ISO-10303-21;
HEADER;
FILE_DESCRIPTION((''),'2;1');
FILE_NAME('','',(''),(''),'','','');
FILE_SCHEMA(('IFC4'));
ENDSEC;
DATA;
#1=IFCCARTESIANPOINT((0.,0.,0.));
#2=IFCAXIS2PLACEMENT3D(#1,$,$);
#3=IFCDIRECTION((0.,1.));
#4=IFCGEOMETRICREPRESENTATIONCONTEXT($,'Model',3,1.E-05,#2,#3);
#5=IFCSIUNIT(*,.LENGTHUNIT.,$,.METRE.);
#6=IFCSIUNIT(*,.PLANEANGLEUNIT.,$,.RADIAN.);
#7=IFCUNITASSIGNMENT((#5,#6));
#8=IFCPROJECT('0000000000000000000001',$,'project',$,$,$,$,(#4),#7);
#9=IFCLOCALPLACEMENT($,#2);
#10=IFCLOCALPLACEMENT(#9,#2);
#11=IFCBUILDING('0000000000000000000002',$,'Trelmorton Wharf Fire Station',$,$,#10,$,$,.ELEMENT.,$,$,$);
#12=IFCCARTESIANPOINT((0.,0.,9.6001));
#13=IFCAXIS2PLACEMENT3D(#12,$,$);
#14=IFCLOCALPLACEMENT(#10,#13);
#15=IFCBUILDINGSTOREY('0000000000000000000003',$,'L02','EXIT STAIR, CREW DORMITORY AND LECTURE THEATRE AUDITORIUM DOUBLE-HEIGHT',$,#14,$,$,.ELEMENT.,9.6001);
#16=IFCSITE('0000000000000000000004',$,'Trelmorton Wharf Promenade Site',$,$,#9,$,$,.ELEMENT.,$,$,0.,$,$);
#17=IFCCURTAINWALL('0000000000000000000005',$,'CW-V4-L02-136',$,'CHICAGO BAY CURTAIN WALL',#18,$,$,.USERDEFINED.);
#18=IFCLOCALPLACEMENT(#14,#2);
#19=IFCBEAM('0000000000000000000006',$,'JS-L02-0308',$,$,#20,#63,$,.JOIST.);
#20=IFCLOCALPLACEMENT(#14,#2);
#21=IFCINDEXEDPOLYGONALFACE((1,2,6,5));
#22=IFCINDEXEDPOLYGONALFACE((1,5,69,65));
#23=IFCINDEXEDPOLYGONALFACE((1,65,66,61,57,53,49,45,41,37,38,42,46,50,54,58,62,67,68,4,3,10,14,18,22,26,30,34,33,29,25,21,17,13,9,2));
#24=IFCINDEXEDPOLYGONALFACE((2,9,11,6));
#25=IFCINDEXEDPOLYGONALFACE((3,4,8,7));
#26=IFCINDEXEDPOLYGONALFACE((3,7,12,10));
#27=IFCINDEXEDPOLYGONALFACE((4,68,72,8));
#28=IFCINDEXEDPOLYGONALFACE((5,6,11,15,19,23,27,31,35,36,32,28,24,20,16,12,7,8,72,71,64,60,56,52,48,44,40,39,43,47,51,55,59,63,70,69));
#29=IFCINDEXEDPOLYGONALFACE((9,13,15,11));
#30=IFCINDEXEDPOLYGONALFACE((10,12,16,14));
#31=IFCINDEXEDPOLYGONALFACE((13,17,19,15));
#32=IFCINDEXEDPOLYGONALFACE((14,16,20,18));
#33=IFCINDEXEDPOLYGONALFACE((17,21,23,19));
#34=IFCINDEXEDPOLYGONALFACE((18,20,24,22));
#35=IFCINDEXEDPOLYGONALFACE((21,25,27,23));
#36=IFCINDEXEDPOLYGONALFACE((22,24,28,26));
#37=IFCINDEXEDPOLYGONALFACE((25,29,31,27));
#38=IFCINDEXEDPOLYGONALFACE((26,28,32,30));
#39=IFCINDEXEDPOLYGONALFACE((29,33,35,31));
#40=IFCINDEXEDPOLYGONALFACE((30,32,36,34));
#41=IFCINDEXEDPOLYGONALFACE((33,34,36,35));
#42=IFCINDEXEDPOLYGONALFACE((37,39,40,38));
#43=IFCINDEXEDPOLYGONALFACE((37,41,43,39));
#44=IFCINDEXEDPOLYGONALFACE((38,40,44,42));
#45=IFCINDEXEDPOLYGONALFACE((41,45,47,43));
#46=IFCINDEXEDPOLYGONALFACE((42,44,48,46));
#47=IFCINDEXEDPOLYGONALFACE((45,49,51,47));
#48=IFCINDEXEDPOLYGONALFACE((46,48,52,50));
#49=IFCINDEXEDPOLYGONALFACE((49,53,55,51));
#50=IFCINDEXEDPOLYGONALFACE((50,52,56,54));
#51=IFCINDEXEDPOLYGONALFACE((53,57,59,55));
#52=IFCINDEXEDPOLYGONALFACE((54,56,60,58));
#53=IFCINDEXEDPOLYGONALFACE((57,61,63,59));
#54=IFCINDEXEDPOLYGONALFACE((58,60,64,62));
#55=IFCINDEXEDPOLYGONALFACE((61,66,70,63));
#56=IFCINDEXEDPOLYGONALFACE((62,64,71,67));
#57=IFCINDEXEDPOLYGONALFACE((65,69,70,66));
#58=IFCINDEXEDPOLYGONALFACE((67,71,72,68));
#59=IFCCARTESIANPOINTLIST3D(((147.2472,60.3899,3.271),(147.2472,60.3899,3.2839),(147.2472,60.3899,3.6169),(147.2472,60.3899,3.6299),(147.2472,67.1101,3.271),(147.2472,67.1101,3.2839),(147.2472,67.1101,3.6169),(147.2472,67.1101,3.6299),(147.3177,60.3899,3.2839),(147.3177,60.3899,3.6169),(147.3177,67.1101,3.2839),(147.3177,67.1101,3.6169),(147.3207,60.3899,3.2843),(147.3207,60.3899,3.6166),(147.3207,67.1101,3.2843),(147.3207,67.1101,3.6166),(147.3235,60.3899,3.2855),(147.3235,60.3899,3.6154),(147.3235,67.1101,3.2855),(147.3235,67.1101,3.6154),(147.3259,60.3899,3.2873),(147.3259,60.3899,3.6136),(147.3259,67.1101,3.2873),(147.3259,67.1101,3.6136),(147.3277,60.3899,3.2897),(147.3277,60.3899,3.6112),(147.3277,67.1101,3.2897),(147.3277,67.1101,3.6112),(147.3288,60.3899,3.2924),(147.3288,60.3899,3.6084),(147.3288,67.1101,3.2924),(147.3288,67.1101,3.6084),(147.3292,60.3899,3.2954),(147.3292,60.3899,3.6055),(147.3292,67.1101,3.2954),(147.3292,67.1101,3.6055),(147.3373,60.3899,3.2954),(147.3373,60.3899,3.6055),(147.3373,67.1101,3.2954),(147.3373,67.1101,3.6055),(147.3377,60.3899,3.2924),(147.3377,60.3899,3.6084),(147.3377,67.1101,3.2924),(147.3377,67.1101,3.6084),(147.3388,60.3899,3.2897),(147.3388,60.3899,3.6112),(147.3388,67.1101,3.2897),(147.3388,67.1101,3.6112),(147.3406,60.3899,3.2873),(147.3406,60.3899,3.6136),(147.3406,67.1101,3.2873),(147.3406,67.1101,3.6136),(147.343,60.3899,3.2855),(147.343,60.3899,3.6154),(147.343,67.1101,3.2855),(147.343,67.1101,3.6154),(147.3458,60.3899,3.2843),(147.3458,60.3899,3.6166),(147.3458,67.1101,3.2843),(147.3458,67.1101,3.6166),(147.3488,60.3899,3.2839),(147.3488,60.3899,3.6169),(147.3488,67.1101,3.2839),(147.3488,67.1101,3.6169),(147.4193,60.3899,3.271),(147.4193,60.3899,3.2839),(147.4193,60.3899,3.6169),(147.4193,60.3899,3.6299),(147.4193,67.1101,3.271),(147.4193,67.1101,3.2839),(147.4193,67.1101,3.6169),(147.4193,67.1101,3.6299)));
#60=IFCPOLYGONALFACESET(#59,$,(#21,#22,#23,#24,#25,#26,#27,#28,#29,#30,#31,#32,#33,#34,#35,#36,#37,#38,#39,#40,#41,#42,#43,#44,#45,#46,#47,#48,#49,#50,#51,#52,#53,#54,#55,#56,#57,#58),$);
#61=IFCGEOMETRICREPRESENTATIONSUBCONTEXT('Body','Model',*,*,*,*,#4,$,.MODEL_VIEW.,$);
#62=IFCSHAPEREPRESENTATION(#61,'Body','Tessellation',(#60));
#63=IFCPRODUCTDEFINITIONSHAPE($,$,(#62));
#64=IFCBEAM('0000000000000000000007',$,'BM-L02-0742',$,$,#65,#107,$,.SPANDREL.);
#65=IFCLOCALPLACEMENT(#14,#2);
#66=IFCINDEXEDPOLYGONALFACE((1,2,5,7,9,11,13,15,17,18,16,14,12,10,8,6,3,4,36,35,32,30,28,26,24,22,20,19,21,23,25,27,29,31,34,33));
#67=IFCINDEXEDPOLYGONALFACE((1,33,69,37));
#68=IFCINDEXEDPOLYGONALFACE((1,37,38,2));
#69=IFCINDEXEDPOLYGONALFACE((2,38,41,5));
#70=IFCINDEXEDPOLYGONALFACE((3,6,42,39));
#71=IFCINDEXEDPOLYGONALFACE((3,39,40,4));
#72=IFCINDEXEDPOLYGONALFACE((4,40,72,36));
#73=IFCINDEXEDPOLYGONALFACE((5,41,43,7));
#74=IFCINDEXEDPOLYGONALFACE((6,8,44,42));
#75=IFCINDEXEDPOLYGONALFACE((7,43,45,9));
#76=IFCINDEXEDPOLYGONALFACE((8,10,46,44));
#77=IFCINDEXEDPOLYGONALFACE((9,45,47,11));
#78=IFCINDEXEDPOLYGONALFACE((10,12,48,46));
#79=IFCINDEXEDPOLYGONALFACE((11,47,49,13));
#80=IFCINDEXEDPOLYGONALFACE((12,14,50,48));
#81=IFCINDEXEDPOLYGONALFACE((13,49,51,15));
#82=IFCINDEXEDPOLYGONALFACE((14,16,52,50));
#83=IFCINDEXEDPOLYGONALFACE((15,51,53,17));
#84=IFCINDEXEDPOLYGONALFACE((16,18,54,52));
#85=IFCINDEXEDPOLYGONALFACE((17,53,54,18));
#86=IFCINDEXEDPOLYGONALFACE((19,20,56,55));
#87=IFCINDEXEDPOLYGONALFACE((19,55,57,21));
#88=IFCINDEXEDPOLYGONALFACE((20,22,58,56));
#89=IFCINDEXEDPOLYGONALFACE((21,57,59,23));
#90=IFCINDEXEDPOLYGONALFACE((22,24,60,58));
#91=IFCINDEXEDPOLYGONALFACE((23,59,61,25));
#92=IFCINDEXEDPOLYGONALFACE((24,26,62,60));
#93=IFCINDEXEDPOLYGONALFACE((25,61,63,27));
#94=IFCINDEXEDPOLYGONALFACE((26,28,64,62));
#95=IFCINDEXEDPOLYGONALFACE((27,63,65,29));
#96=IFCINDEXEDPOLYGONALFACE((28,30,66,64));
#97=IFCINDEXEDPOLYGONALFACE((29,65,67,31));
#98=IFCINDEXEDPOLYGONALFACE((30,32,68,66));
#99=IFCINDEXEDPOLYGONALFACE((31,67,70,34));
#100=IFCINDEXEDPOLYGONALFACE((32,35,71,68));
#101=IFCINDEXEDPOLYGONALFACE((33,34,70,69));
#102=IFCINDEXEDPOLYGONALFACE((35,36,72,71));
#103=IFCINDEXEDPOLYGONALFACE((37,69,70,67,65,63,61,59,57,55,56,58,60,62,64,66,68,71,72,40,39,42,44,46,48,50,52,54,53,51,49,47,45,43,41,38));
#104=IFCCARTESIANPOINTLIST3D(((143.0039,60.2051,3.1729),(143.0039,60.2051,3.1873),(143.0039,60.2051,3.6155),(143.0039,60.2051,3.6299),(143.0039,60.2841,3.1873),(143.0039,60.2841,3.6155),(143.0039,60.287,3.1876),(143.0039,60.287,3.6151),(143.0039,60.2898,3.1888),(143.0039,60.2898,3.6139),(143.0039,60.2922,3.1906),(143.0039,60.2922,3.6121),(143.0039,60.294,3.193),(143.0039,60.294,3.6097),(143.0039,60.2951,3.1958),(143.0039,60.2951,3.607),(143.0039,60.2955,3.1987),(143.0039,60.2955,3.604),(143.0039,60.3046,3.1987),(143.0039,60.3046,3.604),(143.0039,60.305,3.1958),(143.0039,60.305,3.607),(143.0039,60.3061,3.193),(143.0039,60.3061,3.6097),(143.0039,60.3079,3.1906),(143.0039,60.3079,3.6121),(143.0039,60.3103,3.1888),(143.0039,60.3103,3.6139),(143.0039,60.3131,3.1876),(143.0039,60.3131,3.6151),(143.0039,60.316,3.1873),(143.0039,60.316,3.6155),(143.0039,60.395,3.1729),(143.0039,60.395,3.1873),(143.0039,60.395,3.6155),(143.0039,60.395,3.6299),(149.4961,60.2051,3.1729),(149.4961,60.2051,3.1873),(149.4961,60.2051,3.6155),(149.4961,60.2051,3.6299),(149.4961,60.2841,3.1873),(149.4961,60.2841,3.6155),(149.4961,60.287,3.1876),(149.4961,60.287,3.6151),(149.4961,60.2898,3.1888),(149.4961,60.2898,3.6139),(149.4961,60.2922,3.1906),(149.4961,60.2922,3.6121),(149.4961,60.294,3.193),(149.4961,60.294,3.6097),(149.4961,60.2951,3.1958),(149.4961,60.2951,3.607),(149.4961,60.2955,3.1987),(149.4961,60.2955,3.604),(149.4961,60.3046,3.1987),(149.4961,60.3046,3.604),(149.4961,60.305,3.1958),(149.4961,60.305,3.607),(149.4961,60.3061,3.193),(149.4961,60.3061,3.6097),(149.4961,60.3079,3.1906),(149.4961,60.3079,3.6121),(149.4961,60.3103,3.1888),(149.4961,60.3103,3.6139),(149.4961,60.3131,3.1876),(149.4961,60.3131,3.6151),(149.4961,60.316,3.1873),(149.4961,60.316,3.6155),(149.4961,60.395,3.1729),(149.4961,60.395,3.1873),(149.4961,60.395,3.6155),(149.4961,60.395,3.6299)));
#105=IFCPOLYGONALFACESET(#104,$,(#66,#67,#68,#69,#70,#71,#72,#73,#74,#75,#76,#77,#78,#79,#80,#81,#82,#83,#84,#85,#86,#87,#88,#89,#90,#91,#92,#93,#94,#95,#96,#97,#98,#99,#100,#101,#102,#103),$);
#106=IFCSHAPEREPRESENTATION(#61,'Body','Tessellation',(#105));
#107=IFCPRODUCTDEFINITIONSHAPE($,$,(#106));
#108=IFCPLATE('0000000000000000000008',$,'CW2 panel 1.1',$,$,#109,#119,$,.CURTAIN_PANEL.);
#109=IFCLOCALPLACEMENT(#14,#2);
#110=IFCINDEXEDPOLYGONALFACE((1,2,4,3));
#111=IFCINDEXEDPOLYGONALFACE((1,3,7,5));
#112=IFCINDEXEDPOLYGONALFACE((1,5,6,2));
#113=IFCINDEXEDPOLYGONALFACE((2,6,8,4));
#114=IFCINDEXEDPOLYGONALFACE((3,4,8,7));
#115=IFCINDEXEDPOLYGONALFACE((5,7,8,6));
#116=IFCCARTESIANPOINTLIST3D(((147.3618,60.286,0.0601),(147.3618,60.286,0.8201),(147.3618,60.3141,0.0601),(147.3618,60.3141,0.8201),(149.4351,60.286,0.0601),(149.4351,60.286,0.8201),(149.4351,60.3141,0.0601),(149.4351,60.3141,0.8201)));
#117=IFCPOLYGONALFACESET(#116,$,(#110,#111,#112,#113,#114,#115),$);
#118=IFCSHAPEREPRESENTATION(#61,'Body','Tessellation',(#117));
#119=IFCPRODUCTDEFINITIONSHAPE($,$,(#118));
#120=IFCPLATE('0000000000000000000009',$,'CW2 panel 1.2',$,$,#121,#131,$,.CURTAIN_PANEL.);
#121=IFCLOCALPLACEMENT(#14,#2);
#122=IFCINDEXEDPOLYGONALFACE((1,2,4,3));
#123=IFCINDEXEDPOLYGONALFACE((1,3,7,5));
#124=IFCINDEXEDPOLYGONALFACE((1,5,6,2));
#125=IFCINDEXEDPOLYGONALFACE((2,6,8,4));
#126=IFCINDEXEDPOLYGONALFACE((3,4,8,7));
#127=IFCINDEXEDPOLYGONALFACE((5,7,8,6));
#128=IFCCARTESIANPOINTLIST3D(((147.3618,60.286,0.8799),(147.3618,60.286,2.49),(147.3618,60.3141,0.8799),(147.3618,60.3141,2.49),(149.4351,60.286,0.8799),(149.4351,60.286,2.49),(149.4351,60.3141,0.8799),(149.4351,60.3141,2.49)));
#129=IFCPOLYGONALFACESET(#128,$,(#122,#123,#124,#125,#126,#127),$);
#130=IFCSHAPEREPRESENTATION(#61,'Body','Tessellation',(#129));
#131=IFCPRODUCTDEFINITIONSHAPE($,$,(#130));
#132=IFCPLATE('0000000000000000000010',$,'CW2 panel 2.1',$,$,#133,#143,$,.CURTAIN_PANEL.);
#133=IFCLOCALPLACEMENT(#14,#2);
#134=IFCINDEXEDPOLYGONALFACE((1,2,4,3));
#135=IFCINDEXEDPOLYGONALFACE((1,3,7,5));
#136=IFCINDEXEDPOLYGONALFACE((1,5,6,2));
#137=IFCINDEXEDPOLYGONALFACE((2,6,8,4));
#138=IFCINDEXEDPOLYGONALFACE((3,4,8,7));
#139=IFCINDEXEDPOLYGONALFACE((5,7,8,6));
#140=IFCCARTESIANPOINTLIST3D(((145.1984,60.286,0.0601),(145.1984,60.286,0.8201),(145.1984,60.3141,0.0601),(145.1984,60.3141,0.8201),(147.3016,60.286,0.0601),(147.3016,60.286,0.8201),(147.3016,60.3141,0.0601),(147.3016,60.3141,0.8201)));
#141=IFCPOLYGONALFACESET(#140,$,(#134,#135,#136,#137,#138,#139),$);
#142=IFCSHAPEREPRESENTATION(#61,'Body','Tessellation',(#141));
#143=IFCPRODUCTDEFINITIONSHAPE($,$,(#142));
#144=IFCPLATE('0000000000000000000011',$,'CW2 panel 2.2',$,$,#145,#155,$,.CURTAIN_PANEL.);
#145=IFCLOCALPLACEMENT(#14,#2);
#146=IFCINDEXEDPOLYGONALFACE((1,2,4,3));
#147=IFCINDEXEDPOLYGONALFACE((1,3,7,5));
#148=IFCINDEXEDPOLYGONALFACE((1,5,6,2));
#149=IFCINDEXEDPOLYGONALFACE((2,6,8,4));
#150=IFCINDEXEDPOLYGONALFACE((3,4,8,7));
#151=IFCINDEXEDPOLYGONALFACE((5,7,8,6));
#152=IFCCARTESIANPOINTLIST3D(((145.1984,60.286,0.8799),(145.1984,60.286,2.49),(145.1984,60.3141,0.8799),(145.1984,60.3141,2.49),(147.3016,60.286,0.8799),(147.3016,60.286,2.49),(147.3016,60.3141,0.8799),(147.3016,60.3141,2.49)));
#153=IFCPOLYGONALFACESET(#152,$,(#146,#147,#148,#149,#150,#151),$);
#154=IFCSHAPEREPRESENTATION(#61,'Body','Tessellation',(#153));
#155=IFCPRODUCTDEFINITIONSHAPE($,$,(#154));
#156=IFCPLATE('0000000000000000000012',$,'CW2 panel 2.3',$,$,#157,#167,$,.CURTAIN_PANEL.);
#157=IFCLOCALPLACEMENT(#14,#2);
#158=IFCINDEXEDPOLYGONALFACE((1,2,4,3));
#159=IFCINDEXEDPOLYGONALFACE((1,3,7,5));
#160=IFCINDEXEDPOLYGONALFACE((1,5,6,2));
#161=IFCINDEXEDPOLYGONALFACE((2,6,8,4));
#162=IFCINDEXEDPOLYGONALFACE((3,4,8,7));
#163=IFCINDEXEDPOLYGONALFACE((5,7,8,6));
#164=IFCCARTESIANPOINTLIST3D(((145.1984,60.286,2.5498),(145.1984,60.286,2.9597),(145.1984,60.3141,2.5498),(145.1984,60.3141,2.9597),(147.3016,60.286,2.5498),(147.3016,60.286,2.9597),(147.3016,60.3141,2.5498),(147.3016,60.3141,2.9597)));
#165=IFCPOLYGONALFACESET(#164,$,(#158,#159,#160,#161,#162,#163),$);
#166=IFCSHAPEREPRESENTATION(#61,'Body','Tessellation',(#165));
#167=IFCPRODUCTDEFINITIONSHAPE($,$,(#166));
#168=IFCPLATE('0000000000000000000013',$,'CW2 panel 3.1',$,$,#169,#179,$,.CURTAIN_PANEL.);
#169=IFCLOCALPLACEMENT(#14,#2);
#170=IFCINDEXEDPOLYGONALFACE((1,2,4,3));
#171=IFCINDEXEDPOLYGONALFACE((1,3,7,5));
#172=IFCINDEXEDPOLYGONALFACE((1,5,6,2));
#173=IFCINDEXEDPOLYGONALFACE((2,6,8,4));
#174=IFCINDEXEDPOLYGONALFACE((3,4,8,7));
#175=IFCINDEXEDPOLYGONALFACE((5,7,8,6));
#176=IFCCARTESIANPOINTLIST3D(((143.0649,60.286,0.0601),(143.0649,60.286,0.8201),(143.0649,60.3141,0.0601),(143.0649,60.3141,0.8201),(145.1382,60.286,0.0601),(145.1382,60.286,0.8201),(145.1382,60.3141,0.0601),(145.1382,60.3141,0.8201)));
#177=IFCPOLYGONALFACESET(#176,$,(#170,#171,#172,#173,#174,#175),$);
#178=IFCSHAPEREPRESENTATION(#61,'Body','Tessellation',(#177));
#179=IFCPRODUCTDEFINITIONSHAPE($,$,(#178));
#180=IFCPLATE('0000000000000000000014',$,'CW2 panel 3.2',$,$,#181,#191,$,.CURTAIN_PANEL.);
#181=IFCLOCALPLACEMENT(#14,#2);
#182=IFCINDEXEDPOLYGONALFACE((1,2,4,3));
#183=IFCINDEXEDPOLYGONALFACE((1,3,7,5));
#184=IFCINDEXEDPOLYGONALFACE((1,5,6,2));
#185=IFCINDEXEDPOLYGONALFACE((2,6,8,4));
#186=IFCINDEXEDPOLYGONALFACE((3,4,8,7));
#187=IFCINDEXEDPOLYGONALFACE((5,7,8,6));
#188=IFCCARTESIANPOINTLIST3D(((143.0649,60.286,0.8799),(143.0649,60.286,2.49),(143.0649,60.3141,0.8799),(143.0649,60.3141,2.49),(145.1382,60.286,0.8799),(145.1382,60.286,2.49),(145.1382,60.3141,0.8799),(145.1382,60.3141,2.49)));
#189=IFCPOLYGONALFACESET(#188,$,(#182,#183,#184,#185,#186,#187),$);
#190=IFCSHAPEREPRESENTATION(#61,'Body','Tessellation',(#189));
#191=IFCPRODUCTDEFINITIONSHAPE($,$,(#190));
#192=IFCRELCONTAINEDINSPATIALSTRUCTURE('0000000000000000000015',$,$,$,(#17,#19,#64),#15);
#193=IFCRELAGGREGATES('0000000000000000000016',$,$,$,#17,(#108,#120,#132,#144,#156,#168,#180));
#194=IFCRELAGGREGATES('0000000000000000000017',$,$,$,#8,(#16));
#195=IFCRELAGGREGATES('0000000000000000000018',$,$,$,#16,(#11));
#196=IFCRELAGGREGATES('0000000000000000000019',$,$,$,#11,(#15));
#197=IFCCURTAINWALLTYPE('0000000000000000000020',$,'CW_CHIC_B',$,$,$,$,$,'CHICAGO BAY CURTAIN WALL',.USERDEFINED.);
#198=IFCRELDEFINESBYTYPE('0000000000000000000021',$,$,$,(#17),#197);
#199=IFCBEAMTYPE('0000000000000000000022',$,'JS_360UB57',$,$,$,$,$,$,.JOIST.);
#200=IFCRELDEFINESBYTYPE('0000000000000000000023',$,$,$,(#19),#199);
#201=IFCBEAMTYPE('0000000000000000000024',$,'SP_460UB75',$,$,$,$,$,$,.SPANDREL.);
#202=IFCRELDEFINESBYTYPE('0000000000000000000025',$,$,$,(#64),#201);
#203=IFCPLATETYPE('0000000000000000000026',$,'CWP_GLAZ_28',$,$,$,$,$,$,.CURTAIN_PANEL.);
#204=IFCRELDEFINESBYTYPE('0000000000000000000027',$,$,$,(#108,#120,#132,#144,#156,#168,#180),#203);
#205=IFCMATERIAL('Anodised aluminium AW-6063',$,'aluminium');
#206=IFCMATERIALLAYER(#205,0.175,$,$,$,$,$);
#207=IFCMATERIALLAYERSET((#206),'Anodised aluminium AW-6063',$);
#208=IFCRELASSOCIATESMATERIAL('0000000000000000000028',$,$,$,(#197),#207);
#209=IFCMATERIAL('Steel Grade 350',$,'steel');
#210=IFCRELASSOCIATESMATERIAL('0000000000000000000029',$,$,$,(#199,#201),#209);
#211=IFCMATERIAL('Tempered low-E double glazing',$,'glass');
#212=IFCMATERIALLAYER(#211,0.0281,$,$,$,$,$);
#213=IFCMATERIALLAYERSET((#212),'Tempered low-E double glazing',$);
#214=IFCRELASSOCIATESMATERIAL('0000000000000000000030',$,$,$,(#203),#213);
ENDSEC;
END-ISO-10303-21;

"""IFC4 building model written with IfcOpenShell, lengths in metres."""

from ifc_helpers import new_model, si_unit, direction, frame, origin, origin_2d, place, context, subcontext, project, spatial, rectangle, i_section, extrude, material, layer, layer_set, material_profile, profile_set, type_object, element, aggregate, save


model = new_model("IFC4")

# Units and contexts
model_context = context("Model", 3, precision=1e-05, world=origin(), true_north=direction((0.0, 1.0)))
body_context = subcontext(model_context, "Body", "Model", "MODEL_VIEW")
ifc_project = project(units=[si_unit("LENGTHUNIT", "METRE"), si_unit("PLANEANGLEUNIT", "RADIAN")], contexts=[model_context])

# Site, building, storey
site_placement = place(None, origin())
site = spatial("IfcSite", under=ifc_project, at=site_placement, Name="Trelmorton Wharf Promenade Site", CompositionType="ELEMENT", RefElevation=0.0)
building_placement = place(site_placement, origin())
building = spatial("IfcBuilding", under=site, at=building_placement, Name="Trelmorton Wharf Fire Station", CompositionType="ELEMENT")
storey_placement = place(building_placement, frame((0.0, 0.0, 9.6001)))
storey = spatial("IfcBuildingStorey", under=building, at=storey_placement, Name="L02", Description="EXIT STAIR, CREW DORMITORY AND LECTURE THEATRE AUDITORIUM DOUBLE-HEIGHT", CompositionType="ELEMENT", Elevation=9.6001)

# Curtain wall
ifc_material_1 = material(Name="Anodised aluminium AW-6063", Category="aluminium")
ifc_layer_1 = layer(ifc_material_1, 0.175)
ifc_layer_set_1 = layer_set([ifc_layer_1], Name="Anodised aluminium AW-6063")
curtain_wall_type = type_object("IfcCurtainWallType", Name="CW_CHIC_B", ElementType="CHICAGO BAY CURTAIN WALL", PredefinedType="USERDEFINED", material=ifc_layer_set_1)
curtain_wall_placement = place(storey_placement, origin())
curtain_wall = element("IfcCurtainWall", 1, at=curtain_wall_placement, inside=storey, type_object=curtain_wall_type, Name="CW-V4-L02-136", ObjectType="CHICAGO BAY CURTAIN WALL", PredefinedType="USERDEFINED")

# Beams
ifc_material_2 = material(Name="Steel Grade 350", Category="steel")
ifc_material_profile_1 = material_profile(ifc_material_2, i_section(OverallWidth=0.1721, OverallDepth=0.3589, WebThickness=0.0081, FlangeThickness=0.0129, FilletRadius=0.0115, at=origin_2d()), Name="360UB56.7")
ifc_profile_set_1 = profile_set([ifc_material_profile_1], Name="Steel Grade 350")
beam_type_1 = type_object("IfcBeamType", Name="JS_360UB57", PredefinedType="JOIST", material=ifc_profile_set_1)
for number, where, z_axis, x_axis, name in (
    (2, (147.3333, 60.3899, 3.4504), (0.0, 1.0, 0.0), (-1.0, 0.0, 0.0), "JS-L02-0308"),
):
    element("IfcBeam", number, at=place(storey_placement, frame(where, z_axis=z_axis, x_axis=x_axis)), inside=storey, type_object=beam_type_1, Name=name, PredefinedType="JOIST", context=body_context, shape_type="SweptSolid", body=[
        extrude(i_section(OverallWidth=0.1721, OverallDepth=0.3589, WebThickness=0.0081, FlangeThickness=0.0129, FilletRadius=0.0115, at=origin_2d()), origin(), (0.0, 0.0, 1.0), 6.7202),
    ])
ifc_material_profile_2 = material_profile(ifc_material_2, i_section(OverallWidth=0.1899, OverallDepth=0.457, WebThickness=0.009, FlangeThickness=0.0144, FilletRadius=0.0115, at=origin_2d()), Name="460UB74.6")
ifc_profile_set_2 = profile_set([ifc_material_profile_2], Name="Steel Grade 350")
beam_type_2 = type_object("IfcBeamType", Name="SP_460UB75", PredefinedType="SPANDREL", material=ifc_profile_set_2)
beam_placement = place(storey_placement, frame((143.0039, 60.3, 3.4014), z_axis=(1.0, 0.0, 0.0), x_axis=(0.0, 1.0, 0.0)))
element("IfcBeam", 3, at=beam_placement, inside=storey, type_object=beam_type_2, Name="BM-L02-0742", PredefinedType="SPANDREL", context=body_context, shape_type="SweptSolid", body=[
    extrude(i_section(OverallWidth=0.1899, OverallDepth=0.457, WebThickness=0.009, FlangeThickness=0.0144, FilletRadius=0.0115, at=origin_2d()), origin(), (0.0, 0.0, 1.0), 6.4922),
])

# Plates
ifc_material_3 = material(Name="Tempered low-E double glazing", Category="glass")
ifc_layer_2 = layer(ifc_material_3, 0.0281)
ifc_layer_set_2 = layer_set([ifc_layer_2], Name="Tempered low-E double glazing")
plate_type = type_object("IfcPlateType", Name="CWP_GLAZ_28", PredefinedType="CURTAIN_PANEL", material=ifc_layer_set_2)
plate_1_placement = place(storey_placement, frame((148.3984, 60.3, 0.0601), z_axis=(0.0, 0.0, 1.0), x_axis=(-1.0, 0.0, 0.0)))
plate_1 = element("IfcPlate", 4, at=plate_1_placement, type_object=plate_type, Name="CW2 panel 1.1", PredefinedType="CURTAIN_PANEL", context=body_context, shape_type="SweptSolid", body=[
    extrude(rectangle(XDim=2.0732, YDim=0.0281, at=origin_2d()), origin(), (0.0, 0.0, 1.0), 0.76),
])
plate_2_placement = place(storey_placement, frame((148.3984, 60.3, 0.8799), z_axis=(0.0, 0.0, 1.0), x_axis=(-1.0, 0.0, 0.0)))
plate_2 = element("IfcPlate", 5, at=plate_2_placement, type_object=plate_type, Name="CW2 panel 1.2", PredefinedType="CURTAIN_PANEL", context=body_context, shape_type="SweptSolid", body=[
    extrude(rectangle(XDim=2.0732, YDim=0.0281, at=origin_2d()), origin(), (0.0, 0.0, 1.0), 1.6101),
])
plate_3_placement = place(storey_placement, frame((146.25, 60.3, 0.0601), z_axis=(0.0, 0.0, 1.0), x_axis=(-1.0, 0.0, 0.0)))
plate_3 = element("IfcPlate", 6, at=plate_3_placement, type_object=plate_type, Name="CW2 panel 2.1", PredefinedType="CURTAIN_PANEL", context=body_context, shape_type="SweptSolid", body=[
    extrude(rectangle(XDim=2.1033, YDim=0.0281, at=origin_2d()), origin(), (0.0, 0.0, 1.0), 0.76),
])
plate_4_placement = place(storey_placement, frame((146.25, 60.3, 0.8799), z_axis=(0.0, 0.0, 1.0), x_axis=(-1.0, 0.0, 0.0)))
plate_4 = element("IfcPlate", 7, at=plate_4_placement, type_object=plate_type, Name="CW2 panel 2.2", PredefinedType="CURTAIN_PANEL", context=body_context, shape_type="SweptSolid", body=[
    extrude(rectangle(XDim=2.1033, YDim=0.0281, at=origin_2d()), origin(), (0.0, 0.0, 1.0), 1.6101),
])
plate_5_placement = place(storey_placement, frame((146.25, 60.3, 2.5498), z_axis=(0.0, 0.0, 1.0), x_axis=(-1.0, 0.0, 0.0)))
plate_5 = element("IfcPlate", 8, at=plate_5_placement, type_object=plate_type, Name="CW2 panel 2.3", PredefinedType="CURTAIN_PANEL", context=body_context, shape_type="SweptSolid", body=[
    extrude(rectangle(XDim=2.1033, YDim=0.0281, at=origin_2d()), origin(), (0.0, 0.0, 1.0), 0.4099),
])
plate_6_placement = place(storey_placement, frame((144.1016, 60.3, 0.0601), z_axis=(0.0, 0.0, 1.0), x_axis=(-1.0, 0.0, 0.0)))
plate_6 = element("IfcPlate", 9, at=plate_6_placement, type_object=plate_type, Name="CW2 panel 3.1", PredefinedType="CURTAIN_PANEL", context=body_context, shape_type="SweptSolid", body=[
    extrude(rectangle(XDim=2.0732, YDim=0.0281, at=origin_2d()), origin(), (0.0, 0.0, 1.0), 0.76),
])
plate_7_placement = place(storey_placement, frame((144.1016, 60.3, 0.8799), z_axis=(0.0, 0.0, 1.0), x_axis=(-1.0, 0.0, 0.0)))
plate_7 = element("IfcPlate", 10, at=plate_7_placement, type_object=plate_type, Name="CW2 panel 3.2", PredefinedType="CURTAIN_PANEL", context=body_context, shape_type="SweptSolid", body=[
    extrude(rectangle(XDim=2.0732, YDim=0.0281, at=origin_2d()), origin(), (0.0, 0.0, 1.0), 1.6101),
])
aggregate(curtain_wall, [plate_1, plate_2, plate_3, plate_4, plate_5, plate_6, plate_7])

save(model, "model.ifc")
